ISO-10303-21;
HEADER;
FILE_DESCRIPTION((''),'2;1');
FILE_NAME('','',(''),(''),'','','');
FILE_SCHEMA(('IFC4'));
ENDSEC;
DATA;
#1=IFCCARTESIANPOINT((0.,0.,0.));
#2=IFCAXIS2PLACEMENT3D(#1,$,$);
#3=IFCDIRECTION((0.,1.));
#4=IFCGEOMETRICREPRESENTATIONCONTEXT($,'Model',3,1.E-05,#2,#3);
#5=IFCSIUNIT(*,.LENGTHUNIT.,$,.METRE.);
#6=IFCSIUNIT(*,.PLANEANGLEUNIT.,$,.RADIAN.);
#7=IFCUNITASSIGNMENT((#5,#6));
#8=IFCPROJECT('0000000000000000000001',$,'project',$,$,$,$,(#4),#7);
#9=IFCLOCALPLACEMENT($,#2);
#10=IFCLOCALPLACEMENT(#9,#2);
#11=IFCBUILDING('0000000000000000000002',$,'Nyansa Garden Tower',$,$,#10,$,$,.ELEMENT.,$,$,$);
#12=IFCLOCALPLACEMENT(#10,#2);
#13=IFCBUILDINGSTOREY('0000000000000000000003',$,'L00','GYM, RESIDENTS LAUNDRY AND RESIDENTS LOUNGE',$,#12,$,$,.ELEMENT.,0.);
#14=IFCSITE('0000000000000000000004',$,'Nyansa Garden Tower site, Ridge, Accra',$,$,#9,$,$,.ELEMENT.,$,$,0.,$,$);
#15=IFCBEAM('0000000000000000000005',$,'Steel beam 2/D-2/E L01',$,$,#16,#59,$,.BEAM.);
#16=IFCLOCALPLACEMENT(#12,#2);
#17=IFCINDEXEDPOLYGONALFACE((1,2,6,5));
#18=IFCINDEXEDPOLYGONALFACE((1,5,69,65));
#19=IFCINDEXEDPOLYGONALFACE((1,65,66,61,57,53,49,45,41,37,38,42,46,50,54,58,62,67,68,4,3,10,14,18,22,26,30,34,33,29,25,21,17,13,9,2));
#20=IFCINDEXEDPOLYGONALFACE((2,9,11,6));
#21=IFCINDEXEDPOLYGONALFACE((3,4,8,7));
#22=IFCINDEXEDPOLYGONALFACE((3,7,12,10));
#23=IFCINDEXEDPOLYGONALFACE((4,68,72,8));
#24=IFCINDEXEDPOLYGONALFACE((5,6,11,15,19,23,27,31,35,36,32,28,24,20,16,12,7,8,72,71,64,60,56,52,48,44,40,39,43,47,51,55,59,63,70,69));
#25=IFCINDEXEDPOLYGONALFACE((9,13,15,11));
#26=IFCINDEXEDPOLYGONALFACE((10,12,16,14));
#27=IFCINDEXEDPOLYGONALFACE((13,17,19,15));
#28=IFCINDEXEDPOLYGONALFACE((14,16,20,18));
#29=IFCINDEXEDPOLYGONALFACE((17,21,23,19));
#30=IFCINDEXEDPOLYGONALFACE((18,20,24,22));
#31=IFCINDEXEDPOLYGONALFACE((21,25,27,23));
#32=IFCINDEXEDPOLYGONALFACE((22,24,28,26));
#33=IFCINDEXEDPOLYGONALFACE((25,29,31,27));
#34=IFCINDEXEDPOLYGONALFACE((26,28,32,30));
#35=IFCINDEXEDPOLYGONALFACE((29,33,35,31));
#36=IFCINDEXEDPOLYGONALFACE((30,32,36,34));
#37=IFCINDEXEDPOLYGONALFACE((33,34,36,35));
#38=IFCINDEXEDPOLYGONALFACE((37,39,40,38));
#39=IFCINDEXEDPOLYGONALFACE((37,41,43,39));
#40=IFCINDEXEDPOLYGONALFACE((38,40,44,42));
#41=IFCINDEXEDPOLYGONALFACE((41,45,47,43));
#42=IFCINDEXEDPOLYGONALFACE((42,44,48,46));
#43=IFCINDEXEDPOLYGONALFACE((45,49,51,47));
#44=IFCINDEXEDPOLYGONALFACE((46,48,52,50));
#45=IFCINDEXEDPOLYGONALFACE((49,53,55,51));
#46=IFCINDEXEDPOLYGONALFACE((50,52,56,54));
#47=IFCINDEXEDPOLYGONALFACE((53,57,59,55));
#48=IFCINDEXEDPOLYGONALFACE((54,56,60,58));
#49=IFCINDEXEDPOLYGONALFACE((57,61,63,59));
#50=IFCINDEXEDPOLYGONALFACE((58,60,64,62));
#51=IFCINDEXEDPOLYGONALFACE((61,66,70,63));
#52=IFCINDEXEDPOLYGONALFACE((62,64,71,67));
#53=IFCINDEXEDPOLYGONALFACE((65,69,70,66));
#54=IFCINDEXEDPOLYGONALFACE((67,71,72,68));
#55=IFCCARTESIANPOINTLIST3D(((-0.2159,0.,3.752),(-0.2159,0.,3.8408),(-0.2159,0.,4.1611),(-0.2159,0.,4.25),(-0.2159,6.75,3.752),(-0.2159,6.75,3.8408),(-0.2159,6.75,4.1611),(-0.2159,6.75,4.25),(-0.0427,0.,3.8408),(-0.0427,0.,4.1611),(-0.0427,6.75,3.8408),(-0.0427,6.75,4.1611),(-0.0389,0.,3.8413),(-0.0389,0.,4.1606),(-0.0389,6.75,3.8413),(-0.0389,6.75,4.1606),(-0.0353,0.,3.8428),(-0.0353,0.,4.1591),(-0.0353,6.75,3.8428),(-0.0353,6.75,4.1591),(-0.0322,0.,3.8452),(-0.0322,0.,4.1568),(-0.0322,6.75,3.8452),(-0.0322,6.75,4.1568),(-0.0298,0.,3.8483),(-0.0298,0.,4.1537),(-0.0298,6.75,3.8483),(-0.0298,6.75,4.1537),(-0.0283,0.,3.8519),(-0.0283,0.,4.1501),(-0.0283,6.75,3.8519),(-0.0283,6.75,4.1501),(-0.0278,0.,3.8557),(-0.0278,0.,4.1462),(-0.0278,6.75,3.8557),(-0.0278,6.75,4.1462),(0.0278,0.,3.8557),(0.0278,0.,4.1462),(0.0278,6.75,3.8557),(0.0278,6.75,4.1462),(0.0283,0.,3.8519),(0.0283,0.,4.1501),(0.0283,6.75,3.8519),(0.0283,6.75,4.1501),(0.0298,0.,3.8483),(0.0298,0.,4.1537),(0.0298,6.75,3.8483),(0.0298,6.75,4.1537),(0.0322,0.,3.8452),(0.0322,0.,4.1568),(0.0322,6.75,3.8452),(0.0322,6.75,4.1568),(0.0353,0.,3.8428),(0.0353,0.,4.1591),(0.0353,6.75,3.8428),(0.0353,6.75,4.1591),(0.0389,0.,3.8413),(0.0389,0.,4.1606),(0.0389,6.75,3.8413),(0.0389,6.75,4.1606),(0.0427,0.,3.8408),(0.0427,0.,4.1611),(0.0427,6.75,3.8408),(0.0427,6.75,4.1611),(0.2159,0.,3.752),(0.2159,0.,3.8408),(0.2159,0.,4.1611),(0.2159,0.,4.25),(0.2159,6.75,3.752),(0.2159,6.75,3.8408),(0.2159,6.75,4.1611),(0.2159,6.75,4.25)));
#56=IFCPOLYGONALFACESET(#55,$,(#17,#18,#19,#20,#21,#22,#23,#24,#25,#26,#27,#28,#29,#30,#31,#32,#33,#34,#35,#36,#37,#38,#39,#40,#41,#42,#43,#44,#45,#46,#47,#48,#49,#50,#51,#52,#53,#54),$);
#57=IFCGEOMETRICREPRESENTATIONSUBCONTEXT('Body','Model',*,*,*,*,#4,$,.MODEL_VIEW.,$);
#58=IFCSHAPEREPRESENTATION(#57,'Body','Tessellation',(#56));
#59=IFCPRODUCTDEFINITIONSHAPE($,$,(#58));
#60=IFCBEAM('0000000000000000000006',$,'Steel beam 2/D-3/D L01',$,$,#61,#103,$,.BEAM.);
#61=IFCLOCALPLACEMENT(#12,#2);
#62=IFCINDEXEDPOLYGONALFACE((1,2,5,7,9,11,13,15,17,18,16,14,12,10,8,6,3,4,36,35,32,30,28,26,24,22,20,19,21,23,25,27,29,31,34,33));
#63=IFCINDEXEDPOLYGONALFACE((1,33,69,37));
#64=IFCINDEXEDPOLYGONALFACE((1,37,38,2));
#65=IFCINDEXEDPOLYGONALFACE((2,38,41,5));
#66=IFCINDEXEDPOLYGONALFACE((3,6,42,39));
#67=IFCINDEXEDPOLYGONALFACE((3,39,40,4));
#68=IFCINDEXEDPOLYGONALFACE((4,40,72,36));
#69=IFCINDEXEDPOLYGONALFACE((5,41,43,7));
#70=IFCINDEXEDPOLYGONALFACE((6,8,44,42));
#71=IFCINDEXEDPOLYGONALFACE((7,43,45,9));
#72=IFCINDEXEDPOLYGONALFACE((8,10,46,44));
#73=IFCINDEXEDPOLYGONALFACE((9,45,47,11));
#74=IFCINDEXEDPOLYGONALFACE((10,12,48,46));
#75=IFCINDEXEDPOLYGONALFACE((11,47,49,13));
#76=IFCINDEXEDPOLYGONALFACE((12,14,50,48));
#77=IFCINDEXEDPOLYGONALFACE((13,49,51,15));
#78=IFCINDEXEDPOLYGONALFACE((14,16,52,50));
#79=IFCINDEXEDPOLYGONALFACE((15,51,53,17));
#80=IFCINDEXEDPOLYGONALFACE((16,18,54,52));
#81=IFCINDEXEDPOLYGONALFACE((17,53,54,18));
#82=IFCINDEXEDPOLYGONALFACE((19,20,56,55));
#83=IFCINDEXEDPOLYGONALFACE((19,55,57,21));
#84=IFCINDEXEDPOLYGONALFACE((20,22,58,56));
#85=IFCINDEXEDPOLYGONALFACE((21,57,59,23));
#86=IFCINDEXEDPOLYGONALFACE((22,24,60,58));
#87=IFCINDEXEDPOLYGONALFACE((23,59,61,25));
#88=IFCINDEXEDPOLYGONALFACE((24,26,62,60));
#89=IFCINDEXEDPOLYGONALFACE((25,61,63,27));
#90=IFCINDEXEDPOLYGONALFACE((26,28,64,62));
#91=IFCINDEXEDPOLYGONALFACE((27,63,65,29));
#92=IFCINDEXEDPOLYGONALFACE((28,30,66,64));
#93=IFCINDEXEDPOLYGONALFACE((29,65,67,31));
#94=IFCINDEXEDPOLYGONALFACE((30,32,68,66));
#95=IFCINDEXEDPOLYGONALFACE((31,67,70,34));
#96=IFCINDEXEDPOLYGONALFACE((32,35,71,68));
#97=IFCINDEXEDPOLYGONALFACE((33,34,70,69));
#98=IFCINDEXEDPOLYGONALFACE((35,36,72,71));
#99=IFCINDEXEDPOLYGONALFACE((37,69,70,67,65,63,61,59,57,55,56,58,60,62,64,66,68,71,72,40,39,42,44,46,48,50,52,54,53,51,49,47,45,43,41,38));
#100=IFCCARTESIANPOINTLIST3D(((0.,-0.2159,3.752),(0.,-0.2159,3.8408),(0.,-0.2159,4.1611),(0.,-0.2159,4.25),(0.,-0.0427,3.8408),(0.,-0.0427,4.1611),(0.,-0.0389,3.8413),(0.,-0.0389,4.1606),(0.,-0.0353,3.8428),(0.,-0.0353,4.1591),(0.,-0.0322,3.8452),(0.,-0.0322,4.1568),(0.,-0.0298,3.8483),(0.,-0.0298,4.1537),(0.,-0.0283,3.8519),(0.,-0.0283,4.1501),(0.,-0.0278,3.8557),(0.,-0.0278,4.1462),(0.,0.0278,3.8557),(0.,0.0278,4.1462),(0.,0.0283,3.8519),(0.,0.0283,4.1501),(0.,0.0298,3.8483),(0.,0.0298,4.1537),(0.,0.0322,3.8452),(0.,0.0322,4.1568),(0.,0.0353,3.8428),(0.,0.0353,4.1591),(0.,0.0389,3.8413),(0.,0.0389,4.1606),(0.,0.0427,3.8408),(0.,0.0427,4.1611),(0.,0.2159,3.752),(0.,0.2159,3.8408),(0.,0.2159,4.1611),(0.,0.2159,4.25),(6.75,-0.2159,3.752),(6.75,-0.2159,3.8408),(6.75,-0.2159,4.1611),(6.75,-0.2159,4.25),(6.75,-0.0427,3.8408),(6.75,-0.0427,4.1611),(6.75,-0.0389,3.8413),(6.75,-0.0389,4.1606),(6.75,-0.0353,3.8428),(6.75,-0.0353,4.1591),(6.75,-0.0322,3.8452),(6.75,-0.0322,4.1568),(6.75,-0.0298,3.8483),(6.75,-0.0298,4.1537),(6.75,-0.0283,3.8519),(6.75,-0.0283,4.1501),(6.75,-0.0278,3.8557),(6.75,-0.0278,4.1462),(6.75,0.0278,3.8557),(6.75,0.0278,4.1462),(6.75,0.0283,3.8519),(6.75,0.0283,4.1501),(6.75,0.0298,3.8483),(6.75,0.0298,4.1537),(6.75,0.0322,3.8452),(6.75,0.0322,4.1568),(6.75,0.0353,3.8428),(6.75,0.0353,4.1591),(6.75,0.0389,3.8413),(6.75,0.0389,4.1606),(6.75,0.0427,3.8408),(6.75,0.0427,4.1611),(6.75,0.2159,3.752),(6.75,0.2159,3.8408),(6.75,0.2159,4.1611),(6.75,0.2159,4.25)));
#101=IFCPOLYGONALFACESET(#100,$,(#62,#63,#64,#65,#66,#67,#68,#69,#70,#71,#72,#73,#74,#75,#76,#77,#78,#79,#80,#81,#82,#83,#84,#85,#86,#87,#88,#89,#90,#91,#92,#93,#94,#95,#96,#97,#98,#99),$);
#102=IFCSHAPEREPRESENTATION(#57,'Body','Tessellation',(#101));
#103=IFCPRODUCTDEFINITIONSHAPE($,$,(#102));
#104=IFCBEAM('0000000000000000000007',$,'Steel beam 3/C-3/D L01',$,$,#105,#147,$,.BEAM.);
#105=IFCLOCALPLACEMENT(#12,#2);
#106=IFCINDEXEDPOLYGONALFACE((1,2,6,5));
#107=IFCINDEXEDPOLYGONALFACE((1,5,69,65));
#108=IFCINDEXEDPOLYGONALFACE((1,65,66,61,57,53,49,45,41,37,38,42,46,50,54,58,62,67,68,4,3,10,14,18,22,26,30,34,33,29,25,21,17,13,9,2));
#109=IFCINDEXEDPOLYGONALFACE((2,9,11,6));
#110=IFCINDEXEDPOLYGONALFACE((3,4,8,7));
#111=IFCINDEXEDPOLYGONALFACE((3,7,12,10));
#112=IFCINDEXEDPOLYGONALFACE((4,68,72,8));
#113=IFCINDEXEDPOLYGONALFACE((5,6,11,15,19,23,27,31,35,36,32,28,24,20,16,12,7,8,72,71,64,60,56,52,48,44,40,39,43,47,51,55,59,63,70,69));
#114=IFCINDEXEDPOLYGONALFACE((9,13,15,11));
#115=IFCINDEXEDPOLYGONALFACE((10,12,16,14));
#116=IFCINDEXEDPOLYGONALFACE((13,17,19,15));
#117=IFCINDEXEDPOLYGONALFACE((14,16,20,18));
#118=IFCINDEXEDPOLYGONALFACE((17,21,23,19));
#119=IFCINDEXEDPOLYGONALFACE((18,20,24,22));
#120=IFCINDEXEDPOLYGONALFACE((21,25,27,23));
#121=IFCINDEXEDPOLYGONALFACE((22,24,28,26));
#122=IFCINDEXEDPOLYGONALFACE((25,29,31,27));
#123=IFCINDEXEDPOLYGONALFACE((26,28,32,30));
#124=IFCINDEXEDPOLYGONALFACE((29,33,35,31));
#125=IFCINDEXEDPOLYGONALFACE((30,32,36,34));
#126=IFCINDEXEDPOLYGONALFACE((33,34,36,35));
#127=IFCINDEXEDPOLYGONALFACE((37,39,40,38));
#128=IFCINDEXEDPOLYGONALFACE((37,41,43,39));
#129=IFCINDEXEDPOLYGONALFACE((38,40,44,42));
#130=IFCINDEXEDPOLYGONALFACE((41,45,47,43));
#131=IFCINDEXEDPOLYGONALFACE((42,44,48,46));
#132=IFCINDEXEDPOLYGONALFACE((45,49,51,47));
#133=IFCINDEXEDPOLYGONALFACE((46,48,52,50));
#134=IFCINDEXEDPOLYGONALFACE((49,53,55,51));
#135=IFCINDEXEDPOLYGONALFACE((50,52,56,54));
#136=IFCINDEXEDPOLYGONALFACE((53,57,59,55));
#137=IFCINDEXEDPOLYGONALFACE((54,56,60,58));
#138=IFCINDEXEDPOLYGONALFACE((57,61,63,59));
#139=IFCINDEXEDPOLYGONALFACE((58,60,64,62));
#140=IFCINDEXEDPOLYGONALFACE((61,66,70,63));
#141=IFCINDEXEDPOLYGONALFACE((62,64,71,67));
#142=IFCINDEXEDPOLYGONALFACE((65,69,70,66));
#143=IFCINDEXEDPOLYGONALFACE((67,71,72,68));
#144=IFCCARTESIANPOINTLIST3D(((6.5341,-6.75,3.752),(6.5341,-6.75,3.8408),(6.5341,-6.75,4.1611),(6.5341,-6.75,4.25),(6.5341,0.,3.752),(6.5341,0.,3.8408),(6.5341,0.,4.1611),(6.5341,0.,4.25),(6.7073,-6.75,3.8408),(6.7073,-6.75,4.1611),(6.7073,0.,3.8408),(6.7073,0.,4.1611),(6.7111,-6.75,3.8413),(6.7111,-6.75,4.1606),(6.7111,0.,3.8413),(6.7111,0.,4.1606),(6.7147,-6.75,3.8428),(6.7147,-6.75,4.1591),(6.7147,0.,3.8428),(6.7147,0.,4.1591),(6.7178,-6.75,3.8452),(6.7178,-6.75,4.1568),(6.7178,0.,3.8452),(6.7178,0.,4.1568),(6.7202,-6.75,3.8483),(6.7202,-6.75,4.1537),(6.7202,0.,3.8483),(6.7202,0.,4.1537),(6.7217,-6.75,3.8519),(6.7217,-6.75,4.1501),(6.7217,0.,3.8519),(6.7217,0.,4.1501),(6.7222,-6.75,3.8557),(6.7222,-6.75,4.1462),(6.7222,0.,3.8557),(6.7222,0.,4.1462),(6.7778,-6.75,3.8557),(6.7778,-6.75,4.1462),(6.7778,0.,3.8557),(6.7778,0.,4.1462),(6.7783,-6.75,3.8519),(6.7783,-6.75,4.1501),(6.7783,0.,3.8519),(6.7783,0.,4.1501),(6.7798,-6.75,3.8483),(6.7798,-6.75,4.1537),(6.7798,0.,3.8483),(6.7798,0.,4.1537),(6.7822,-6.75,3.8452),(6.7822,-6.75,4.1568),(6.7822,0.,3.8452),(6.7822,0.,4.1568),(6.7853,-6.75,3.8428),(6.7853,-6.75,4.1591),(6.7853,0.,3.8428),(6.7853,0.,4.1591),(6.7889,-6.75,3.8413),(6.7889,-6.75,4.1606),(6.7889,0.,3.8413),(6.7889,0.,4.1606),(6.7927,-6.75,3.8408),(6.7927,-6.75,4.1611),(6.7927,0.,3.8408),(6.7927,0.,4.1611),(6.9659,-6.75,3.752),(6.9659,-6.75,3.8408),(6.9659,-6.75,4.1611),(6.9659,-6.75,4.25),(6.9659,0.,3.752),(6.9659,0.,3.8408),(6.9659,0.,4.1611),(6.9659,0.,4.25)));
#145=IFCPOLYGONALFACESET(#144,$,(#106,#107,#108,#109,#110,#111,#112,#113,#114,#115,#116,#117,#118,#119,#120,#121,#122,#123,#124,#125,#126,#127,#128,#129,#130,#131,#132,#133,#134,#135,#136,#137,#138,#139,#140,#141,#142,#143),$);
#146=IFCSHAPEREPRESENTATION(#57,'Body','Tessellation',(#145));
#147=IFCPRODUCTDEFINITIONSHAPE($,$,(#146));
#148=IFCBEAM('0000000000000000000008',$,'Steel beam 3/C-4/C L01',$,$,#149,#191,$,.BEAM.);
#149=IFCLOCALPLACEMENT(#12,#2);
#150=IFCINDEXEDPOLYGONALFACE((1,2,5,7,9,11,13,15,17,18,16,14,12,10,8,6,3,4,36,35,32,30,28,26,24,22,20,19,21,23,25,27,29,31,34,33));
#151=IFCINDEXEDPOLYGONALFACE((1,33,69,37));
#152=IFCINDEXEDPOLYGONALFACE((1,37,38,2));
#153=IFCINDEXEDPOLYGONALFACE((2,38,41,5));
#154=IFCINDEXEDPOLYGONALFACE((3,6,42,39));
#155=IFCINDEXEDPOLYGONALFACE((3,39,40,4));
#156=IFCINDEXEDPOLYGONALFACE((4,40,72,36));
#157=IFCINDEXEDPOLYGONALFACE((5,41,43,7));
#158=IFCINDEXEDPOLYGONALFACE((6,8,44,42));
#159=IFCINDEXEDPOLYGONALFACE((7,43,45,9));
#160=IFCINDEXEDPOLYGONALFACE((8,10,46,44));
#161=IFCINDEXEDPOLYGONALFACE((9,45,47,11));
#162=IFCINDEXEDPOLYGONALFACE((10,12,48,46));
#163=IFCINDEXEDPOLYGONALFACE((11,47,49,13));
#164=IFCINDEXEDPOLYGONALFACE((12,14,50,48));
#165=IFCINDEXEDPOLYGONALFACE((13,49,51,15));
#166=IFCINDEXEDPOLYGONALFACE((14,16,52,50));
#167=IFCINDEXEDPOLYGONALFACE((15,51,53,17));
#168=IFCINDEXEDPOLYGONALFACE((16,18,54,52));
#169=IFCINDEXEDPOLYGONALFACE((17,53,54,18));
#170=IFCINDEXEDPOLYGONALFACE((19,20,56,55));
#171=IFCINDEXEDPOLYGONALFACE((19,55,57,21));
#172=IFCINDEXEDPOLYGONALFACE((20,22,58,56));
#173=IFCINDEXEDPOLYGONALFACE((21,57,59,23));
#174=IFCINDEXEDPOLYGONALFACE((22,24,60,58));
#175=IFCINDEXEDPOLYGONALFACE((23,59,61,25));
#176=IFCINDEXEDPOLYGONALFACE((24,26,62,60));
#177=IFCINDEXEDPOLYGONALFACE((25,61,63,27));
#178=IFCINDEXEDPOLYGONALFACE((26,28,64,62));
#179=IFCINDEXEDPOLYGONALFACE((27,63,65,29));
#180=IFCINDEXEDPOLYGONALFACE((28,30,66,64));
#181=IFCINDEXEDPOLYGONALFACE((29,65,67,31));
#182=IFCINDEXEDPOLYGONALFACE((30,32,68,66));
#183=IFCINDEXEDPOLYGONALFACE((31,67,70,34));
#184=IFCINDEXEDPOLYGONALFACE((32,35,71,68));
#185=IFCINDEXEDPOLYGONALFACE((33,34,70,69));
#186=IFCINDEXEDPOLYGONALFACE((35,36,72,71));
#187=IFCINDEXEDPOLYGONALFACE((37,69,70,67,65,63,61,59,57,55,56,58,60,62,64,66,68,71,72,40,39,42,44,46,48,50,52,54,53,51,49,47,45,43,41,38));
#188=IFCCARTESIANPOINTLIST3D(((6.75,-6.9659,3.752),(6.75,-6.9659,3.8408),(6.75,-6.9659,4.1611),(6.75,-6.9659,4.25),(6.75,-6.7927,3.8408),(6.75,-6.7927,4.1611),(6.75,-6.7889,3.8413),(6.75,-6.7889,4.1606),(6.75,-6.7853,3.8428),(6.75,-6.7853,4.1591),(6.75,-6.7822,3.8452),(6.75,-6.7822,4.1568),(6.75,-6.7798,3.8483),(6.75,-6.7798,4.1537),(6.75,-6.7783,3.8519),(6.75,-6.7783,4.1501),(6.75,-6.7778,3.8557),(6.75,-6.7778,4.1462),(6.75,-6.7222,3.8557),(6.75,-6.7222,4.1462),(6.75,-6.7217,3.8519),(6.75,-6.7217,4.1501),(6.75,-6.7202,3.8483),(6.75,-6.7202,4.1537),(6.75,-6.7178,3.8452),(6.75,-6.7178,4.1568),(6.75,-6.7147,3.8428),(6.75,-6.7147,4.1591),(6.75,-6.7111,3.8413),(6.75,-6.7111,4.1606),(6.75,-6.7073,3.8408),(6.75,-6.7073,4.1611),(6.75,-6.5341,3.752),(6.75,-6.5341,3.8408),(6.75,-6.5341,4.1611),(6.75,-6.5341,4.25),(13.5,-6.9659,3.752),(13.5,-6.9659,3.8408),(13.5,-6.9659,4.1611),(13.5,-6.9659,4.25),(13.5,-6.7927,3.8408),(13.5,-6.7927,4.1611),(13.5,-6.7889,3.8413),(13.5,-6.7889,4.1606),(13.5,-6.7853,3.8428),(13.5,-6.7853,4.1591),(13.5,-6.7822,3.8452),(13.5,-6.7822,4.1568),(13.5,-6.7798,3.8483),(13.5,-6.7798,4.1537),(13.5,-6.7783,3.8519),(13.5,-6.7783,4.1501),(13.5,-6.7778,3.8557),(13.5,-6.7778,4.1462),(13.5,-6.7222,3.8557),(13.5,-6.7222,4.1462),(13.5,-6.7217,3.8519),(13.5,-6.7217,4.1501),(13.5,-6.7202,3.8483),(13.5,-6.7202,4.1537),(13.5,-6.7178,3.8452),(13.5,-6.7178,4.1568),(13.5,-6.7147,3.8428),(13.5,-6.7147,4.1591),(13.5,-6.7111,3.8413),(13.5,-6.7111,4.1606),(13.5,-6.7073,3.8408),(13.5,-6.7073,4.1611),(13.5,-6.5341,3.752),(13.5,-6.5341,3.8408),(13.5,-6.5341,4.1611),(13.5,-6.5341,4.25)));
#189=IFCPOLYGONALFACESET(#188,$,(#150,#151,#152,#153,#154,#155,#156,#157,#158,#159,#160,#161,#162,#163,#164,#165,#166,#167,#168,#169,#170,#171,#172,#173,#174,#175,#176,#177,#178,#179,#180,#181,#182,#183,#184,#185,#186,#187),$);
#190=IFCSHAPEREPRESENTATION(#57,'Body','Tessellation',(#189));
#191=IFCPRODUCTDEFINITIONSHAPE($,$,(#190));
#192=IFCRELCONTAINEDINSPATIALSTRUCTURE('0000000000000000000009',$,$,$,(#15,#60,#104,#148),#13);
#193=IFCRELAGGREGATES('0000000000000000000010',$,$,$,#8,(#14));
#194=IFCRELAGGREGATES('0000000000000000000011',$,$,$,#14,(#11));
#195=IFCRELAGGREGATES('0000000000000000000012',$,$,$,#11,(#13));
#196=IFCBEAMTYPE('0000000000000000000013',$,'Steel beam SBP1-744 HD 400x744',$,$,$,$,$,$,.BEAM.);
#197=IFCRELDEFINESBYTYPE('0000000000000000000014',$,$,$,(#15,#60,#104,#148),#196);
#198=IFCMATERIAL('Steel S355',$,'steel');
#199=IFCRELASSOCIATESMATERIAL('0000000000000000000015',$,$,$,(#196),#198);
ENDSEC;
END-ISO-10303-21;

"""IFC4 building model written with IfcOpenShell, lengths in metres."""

from ifc_helpers import new_model, si_unit, direction, frame, origin, origin_2d, place, context, subcontext, project, spatial, i_section, extrude, material, material_profile, profile_set, type_object, element, save


model = new_model("IFC4")

# Units and contexts
model_context = context("Model", 3, precision=1e-05, world=origin(), true_north=direction((0.0, 1.0)))
body_context = subcontext(model_context, "Body", "Model", "MODEL_VIEW")
ifc_project = project(units=[si_unit("LENGTHUNIT", "METRE"), si_unit("PLANEANGLEUNIT", "RADIAN")], contexts=[model_context])

# Site, building, storey
site_placement = place(None, origin())
site = spatial("IfcSite", under=ifc_project, at=site_placement, Name="Nyansa Garden Tower site, Ridge, Accra", CompositionType="ELEMENT", RefElevation=0.0)
building_placement = place(site_placement, origin())
building = spatial("IfcBuilding", under=site, at=building_placement, Name="Nyansa Garden Tower", CompositionType="ELEMENT")
storey_placement = place(building_placement, origin())
storey = spatial("IfcBuildingStorey", under=building, at=storey_placement, Name="L00", Description="GYM, RESIDENTS LAUNDRY AND RESIDENTS LOUNGE", CompositionType="ELEMENT", Elevation=0.0)

# Beams
ifc_material_1 = material(Name="Steel S355", Category="steel")
ifc_material_profile_1 = material_profile(ifc_material_1, i_section(OverallWidth=0.4319, OverallDepth=0.498, WebThickness=0.0557, FlangeThickness=0.0889, FilletRadius=0.0149, at=origin_2d()), Name="HD 400x744")
ifc_profile_set_1 = profile_set([ifc_material_profile_1], Name="Steel S355")
beam_type = type_object("IfcBeamType", Name="Steel beam SBP1-744 HD 400x744", PredefinedType="BEAM", material=ifc_profile_set_1)
for number, where, z_axis, x_axis, name in (
    (1, (0.0, 0.0, 4.001), (0.0, 1.0, 0.0), (-1.0, 0.0, 0.0), "Steel beam 2/D-2/E L01"),
    (2, (0.0, 0.0, 4.001), (1.0, 0.0, 0.0), (0.0, 1.0, 0.0), "Steel beam 2/D-3/D L01"),
    (3, (6.75, -6.75, 4.001), (0.0, 1.0, 0.0), (-1.0, 0.0, 0.0), "Steel beam 3/C-3/D L01"),
    (4, (6.75, -6.75, 4.001), (1.0, 0.0, 0.0), (0.0, 1.0, 0.0), "Steel beam 3/C-4/C L01"),
):
    element("IfcBeam", number, at=place(storey_placement, frame(where, z_axis=z_axis, x_axis=x_axis)), inside=storey, type_object=beam_type, Name=name, PredefinedType="BEAM", context=body_context, shape_type="SweptSolid", body=[
        extrude(i_section(OverallWidth=0.4319, OverallDepth=0.498, WebThickness=0.0557, FlangeThickness=0.0889, FilletRadius=0.0149, at=origin_2d()), origin(), (0.0, 0.0, 1.0), 6.75),
    ])

save(model, "model.ifc")
